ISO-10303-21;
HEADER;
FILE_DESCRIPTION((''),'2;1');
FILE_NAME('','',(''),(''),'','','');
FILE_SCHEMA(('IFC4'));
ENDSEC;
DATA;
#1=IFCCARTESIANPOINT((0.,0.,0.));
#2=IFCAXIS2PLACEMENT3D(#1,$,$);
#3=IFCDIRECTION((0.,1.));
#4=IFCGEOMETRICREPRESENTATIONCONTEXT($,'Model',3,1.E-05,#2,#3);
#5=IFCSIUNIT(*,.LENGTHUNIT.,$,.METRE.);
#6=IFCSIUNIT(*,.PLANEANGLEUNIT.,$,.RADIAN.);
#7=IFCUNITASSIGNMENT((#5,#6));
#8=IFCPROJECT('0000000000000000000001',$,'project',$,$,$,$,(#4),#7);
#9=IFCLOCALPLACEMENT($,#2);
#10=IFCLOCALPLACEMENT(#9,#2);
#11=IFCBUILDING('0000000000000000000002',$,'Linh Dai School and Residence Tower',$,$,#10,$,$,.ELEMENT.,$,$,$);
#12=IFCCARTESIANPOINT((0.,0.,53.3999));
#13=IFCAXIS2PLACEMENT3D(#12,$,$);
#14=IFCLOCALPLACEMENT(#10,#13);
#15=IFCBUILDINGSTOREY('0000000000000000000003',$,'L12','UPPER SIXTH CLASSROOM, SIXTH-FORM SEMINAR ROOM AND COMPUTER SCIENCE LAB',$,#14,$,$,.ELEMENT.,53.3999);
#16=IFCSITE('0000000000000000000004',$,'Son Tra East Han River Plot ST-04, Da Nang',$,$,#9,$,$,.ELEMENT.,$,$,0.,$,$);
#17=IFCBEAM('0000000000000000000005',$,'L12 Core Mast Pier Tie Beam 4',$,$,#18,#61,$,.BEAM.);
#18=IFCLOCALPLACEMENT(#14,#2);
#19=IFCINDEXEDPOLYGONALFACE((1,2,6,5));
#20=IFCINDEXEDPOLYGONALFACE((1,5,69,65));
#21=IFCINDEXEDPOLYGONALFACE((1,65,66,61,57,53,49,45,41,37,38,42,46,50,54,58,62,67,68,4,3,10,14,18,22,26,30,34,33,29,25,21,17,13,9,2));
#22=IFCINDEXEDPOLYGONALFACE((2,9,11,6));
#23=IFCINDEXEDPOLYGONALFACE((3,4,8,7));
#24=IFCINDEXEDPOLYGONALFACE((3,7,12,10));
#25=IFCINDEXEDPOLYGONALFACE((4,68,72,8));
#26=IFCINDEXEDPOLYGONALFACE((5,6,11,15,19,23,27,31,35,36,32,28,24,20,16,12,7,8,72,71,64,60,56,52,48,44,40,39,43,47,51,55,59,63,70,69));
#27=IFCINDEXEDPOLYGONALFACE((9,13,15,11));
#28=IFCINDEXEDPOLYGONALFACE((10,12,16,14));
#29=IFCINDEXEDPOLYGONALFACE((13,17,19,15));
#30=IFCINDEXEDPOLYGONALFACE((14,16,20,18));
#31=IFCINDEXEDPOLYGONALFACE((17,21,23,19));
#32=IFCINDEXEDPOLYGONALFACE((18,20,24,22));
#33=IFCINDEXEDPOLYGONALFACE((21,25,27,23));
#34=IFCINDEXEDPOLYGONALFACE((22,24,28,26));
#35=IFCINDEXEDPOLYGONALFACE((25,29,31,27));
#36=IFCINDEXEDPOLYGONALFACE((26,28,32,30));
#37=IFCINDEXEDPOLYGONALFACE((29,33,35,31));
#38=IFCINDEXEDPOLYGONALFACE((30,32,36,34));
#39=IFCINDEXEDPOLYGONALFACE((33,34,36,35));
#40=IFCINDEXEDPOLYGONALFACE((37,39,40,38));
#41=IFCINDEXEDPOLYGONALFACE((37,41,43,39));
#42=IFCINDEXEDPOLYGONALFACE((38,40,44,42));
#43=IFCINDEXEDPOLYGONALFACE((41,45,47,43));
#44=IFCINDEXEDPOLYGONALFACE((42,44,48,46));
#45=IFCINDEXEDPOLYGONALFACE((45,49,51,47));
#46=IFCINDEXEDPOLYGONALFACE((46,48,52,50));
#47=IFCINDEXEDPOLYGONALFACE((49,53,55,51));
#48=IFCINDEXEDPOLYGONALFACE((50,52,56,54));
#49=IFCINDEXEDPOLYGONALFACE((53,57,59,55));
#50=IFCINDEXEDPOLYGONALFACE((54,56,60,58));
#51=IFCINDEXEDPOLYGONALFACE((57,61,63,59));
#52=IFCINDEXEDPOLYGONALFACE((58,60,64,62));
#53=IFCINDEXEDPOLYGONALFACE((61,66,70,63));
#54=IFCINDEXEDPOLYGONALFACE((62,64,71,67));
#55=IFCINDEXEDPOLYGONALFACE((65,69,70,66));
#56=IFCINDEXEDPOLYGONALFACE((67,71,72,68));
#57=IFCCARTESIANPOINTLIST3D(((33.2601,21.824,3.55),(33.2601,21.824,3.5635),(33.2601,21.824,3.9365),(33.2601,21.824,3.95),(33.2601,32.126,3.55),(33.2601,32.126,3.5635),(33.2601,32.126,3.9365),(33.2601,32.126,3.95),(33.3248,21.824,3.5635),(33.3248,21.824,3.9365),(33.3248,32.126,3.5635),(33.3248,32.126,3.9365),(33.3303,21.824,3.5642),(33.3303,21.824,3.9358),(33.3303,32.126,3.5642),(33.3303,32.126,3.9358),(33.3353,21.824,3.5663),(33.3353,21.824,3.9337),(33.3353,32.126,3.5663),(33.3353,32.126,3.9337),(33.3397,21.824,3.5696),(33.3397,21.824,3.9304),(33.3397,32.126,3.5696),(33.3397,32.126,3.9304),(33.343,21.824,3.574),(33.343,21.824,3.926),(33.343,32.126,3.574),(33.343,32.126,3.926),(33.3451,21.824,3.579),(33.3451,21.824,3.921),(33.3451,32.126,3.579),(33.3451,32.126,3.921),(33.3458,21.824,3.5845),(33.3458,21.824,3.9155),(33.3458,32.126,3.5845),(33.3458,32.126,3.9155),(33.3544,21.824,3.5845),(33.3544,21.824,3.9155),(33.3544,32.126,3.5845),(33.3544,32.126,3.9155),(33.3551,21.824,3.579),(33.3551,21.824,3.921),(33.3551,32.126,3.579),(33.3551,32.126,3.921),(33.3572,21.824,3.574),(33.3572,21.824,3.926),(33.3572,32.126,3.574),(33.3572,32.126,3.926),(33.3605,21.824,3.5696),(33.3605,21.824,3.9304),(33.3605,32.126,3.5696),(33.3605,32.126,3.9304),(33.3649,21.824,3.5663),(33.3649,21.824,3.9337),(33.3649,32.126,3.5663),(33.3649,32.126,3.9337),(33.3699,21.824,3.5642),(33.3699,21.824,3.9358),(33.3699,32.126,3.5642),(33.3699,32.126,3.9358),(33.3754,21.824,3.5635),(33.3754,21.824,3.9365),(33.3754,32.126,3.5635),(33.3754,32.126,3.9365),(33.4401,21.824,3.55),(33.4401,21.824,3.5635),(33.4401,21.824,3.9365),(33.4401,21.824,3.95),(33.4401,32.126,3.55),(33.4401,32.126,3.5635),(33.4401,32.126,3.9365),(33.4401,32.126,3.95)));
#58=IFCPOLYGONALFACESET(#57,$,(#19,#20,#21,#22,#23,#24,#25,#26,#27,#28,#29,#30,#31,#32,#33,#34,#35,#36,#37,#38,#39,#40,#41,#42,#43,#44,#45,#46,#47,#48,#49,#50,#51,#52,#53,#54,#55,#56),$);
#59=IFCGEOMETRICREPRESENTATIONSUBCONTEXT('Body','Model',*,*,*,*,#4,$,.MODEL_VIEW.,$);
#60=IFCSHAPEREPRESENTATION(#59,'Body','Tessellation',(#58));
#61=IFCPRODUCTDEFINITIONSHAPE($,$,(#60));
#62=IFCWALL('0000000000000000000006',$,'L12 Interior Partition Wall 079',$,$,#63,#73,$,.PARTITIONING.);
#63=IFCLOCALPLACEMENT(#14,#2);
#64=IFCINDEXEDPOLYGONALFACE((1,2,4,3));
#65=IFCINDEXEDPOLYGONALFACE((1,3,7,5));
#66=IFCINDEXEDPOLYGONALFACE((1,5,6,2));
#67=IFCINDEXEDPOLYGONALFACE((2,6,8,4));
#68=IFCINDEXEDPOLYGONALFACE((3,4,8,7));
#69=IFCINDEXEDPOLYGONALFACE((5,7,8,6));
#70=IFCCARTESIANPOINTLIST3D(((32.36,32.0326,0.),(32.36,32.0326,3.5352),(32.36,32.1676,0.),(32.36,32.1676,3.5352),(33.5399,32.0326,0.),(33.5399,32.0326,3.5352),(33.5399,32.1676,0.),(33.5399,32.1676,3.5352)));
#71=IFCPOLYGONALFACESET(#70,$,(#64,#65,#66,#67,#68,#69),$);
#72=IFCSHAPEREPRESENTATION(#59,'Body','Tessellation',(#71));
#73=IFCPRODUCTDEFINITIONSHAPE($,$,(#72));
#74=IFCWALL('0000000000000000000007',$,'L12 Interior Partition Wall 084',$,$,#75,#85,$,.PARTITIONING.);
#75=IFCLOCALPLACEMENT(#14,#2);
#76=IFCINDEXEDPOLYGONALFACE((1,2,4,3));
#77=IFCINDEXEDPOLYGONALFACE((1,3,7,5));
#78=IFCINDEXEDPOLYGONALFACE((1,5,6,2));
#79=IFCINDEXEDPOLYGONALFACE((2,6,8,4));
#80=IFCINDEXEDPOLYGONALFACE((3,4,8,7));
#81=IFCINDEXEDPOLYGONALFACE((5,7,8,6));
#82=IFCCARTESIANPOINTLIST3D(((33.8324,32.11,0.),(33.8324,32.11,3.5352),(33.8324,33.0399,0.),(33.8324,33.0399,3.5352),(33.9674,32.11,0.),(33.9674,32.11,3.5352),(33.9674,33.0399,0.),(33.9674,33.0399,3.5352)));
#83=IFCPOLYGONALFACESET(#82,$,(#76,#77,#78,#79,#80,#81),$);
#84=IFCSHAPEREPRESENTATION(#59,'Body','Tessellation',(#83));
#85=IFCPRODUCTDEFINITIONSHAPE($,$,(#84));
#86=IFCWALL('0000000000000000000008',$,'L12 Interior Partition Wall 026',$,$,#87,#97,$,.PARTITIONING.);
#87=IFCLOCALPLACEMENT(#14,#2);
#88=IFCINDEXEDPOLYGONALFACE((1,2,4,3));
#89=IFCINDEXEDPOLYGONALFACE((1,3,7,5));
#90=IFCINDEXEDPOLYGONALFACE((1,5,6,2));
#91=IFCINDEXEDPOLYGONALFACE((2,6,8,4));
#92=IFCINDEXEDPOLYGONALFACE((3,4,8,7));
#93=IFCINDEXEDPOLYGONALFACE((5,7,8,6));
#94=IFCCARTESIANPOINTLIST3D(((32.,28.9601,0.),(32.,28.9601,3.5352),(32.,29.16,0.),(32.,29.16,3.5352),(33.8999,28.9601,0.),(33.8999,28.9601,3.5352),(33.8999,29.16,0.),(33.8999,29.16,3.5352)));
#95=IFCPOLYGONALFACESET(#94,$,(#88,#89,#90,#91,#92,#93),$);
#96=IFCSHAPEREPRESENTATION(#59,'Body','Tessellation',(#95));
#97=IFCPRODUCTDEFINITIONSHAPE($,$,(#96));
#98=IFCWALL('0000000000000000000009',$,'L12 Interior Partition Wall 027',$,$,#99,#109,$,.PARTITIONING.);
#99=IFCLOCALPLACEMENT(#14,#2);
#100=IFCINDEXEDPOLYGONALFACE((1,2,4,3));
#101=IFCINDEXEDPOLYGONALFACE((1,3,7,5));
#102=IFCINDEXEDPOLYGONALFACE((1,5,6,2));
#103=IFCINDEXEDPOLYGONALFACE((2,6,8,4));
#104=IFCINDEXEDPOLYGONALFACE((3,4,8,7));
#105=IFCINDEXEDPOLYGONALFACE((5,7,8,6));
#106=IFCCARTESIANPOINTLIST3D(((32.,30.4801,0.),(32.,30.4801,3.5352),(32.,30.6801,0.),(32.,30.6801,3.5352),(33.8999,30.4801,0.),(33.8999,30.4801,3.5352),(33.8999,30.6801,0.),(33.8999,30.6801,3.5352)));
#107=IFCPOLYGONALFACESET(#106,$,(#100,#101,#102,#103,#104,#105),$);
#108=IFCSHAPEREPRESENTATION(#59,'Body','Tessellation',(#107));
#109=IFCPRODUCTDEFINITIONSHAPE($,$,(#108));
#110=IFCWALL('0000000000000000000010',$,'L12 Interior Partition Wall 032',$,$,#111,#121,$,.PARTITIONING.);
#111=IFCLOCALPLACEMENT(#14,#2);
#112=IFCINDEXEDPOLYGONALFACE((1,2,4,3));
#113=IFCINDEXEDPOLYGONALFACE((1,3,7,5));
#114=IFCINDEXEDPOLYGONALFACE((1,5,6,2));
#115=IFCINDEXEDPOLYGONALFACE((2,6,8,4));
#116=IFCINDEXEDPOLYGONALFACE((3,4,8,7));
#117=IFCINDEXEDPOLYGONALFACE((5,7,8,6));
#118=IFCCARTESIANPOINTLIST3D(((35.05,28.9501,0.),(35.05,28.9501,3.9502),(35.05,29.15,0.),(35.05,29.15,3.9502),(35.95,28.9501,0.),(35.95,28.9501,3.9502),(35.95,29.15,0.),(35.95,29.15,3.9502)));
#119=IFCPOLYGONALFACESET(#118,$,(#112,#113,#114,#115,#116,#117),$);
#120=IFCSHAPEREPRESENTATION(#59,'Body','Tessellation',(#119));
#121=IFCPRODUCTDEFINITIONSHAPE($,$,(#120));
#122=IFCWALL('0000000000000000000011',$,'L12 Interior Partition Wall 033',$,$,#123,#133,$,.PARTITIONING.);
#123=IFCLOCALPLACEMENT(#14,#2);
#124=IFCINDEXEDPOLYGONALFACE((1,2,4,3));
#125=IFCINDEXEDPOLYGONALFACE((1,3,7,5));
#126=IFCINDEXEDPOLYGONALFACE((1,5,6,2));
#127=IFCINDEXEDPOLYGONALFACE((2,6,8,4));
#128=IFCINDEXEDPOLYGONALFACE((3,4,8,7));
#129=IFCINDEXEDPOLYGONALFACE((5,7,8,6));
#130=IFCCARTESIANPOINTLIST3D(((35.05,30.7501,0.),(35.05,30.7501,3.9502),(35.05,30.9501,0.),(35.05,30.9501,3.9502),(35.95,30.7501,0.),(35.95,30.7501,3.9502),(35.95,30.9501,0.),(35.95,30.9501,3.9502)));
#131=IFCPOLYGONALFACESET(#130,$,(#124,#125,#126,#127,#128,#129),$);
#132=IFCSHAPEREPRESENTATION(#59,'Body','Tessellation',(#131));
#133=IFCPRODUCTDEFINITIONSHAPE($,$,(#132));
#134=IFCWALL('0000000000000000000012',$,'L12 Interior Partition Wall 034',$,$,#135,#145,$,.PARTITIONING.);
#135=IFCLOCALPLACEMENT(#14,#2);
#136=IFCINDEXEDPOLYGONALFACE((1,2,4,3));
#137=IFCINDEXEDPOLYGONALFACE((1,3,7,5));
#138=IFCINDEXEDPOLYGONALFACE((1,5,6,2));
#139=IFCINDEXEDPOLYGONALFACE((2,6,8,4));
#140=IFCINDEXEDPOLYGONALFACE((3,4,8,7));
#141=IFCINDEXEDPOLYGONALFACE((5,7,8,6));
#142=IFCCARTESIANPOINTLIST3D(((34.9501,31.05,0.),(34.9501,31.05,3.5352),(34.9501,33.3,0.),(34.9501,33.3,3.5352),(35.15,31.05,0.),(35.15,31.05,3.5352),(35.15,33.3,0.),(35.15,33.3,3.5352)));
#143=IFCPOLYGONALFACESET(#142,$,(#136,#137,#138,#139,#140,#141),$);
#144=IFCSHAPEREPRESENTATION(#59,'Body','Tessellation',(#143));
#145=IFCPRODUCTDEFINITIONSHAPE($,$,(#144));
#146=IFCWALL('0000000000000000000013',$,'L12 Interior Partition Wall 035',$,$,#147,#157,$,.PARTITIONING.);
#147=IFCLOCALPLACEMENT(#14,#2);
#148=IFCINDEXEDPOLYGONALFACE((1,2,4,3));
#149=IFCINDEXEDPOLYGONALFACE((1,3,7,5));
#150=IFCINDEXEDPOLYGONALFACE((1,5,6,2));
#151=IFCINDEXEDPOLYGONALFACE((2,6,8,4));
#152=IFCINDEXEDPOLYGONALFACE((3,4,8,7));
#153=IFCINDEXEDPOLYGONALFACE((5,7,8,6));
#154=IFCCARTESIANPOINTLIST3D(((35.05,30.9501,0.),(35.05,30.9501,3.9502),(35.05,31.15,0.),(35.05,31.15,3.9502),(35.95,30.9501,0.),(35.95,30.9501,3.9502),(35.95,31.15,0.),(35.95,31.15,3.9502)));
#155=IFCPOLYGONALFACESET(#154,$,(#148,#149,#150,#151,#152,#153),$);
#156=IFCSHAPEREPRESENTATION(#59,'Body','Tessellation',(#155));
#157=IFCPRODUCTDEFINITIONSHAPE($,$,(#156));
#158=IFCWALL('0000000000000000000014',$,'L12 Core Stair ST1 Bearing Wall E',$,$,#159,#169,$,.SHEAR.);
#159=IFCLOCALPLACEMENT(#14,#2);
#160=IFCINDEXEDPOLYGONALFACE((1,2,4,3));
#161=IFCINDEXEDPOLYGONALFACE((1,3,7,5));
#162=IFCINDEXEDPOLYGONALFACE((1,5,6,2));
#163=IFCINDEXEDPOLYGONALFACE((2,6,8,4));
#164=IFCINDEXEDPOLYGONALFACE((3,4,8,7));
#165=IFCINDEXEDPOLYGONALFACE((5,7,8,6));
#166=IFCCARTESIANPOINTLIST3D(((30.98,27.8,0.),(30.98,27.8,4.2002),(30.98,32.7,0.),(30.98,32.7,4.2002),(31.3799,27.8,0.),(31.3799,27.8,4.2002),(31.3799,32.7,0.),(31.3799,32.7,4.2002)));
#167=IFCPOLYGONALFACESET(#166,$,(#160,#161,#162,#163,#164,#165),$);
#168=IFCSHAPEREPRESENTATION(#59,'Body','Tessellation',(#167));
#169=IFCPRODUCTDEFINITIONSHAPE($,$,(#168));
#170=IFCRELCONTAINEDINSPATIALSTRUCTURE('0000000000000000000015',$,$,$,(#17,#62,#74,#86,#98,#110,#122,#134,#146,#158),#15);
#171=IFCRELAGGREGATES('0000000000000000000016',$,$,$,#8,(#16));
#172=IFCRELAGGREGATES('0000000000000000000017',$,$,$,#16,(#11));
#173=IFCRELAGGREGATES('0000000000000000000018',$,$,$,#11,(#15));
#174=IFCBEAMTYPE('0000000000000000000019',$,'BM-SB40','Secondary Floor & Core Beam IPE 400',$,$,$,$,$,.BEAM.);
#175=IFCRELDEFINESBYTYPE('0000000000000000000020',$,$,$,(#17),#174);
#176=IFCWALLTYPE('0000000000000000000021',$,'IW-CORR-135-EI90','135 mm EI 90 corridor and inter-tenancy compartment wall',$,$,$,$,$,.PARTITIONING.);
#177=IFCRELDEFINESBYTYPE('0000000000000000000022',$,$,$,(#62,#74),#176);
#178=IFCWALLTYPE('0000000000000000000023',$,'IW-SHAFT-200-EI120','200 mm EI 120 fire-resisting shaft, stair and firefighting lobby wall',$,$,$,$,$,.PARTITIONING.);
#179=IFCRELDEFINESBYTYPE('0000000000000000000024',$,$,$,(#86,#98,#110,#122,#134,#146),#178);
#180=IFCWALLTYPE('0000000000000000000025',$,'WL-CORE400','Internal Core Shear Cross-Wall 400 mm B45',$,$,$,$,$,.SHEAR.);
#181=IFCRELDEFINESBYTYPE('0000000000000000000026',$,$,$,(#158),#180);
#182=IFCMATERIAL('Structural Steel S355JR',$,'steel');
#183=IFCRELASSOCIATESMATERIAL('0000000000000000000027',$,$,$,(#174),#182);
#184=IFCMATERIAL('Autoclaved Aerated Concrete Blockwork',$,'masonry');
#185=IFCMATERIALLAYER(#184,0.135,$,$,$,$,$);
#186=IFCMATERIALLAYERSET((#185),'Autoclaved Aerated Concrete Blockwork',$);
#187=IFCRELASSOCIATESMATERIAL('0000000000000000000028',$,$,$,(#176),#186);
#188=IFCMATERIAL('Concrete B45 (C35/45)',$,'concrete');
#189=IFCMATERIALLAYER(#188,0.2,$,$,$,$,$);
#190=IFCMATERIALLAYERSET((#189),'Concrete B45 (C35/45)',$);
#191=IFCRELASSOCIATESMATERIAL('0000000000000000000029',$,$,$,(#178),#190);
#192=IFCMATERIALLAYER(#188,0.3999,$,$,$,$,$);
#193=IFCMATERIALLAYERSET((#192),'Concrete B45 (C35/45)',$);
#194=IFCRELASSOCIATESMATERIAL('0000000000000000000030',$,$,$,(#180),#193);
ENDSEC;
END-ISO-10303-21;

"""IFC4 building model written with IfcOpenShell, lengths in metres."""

from ifc_helpers import new_model, si_unit, direction, frame, frame_2d, origin, origin_2d, place, context, subcontext, project, spatial, rectangle, i_section, extrude, material, layer, layer_set, material_profile, profile_set, type_object, element, save


model = new_model("IFC4")

# Units and contexts
model_context = context("Model", 3, precision=1e-05, world=origin(), true_north=direction((0.0, 1.0)))
body_context = subcontext(model_context, "Body", "Model", "MODEL_VIEW")
ifc_project = project(units=[si_unit("LENGTHUNIT", "METRE"), si_unit("PLANEANGLEUNIT", "RADIAN")], contexts=[model_context])

# Site, building, storey
site_placement = place(None, origin())
site = spatial("IfcSite", under=ifc_project, at=site_placement, Name="Son Tra East Han River Plot ST-04, Da Nang", CompositionType="ELEMENT", RefElevation=0.0)
building_placement = place(site_placement, origin())
building = spatial("IfcBuilding", under=site, at=building_placement, Name="Linh Dai School and Residence Tower", CompositionType="ELEMENT")
storey_placement = place(building_placement, frame((0.0, 0.0, 53.3999)))
storey = spatial("IfcBuildingStorey", under=building, at=storey_placement, Name="L12", Description="UPPER SIXTH CLASSROOM, SIXTH-FORM SEMINAR ROOM AND COMPUTER SCIENCE LAB", CompositionType="ELEMENT", Elevation=53.3999)

# Shared definitions
ifc_material_1 = material(Name="Structural Steel S355JR", Category="steel")

# Beam
ifc_material_profile_1 = material_profile(ifc_material_1, i_section(OverallWidth=0.1799, OverallDepth=0.3999, WebThickness=0.0085, FlangeThickness=0.0134, FilletRadius=0.021, at=origin_2d()), Name="IPE 400")
ifc_profile_set_1 = profile_set([ifc_material_profile_1], Name="Structural Steel S355JR")
beam_type_1 = type_object("IfcBeamType", Name="BM-SB40", Description="Secondary Floor & Core Beam IPE 400", PredefinedType="BEAM", material=ifc_profile_set_1)
beam_1_placement = place(storey_placement, frame((33.3501, 32.126, 3.75), z_axis=(0.0, -1.0, 0.0), x_axis=(1.0, 0.0, 0.0)))
element("IfcBeam", 1, at=beam_1_placement, inside=storey, type_object=beam_type_1, Name="L12 Core Mast Pier Tie Beam 4", PredefinedType="BEAM", context=body_context, shape_type="SweptSolid", body=[
    extrude(i_section(OverallWidth=0.1799, OverallDepth=0.3999, WebThickness=0.0085, FlangeThickness=0.0134, FilletRadius=0.021, at=origin_2d()), origin(), (0.0, 0.0, 1.0), 10.302),
])

# Walls
ifc_material_2 = material(Name="Autoclaved Aerated Concrete Blockwork", Category="masonry")
ifc_layer_1 = layer(ifc_material_2, 0.135)
ifc_layer_set_1 = layer_set([ifc_layer_1], Name="Autoclaved Aerated Concrete Blockwork")
wall_type_1 = type_object("IfcWallType", Name="IW-CORR-135-EI90", Description="135 mm EI 90 corridor and inter-tenancy compartment wall", PredefinedType="PARTITIONING", material=ifc_layer_set_1)
wall_1_placement = place(storey_placement, frame((32.3601, 32.1001, 0.0), z_axis=(0.0, 0.0, 1.0), x_axis=(1.0, 0.0, 0.0)))
element("IfcWall", 2, at=wall_1_placement, inside=storey, type_object=wall_type_1, Name="L12 Interior Partition Wall 079", PredefinedType="PARTITIONING", context=body_context, shape_type="SweptSolid", body=[
    extrude(rectangle(XDim=1.1799, YDim=0.135, at=frame_2d((0.5898, 0.0))), origin(), (0.0, 0.0, 1.0), 3.5352),
])
wall_2_placement = place(storey_placement, frame((33.8999, 32.1101, 0.0), z_axis=(0.0, 0.0, 1.0), x_axis=(0.0, 1.0, 0.0)))
element("IfcWall", 3, at=wall_2_placement, inside=storey, type_object=wall_type_1, Name="L12 Interior Partition Wall 084", PredefinedType="PARTITIONING", context=body_context, shape_type="SweptSolid", body=[
    extrude(rectangle(XDim=0.9299, YDim=0.135, at=frame_2d((0.4648, 0.0))), origin(), (0.0, 0.0, 1.0), 3.5352),
])

# Shared definitions
ifc_material_3 = material(Name="Concrete B45 (C35/45)", Category="concrete")
ifc_layer_2 = layer(ifc_material_3, 0.2)
ifc_layer_set_2 = layer_set([ifc_layer_2], Name="Concrete B45 (C35/45)")
wall_type_2 = type_object("IfcWallType", Name="IW-SHAFT-200-EI120", Description="200 mm EI 120 fire-resisting shaft, stair and firefighting lobby wall", PredefinedType="PARTITIONING", material=ifc_layer_set_2)

# Walls
for number, where, z_axis, x_axis, name in (
    (4, (32.0, 29.0601, 0.0), (0.0, 0.0, 1.0), (1.0, 0.0, 0.0), "L12 Interior Partition Wall 026"),
    (5, (32.0, 30.5801, 0.0), (0.0, 0.0, 1.0), (1.0, 0.0, 0.0), "L12 Interior Partition Wall 027"),
):
    element("IfcWall", number, at=place(storey_placement, frame(where, z_axis=z_axis, x_axis=x_axis)), inside=storey, type_object=wall_type_2, Name=name, PredefinedType="PARTITIONING", context=body_context, shape_type="SweptSolid", body=[
        extrude(rectangle(XDim=1.8999, YDim=0.2, at=frame_2d((0.95, 0.0))), origin(), (0.0, 0.0, 1.0), 3.5352),
    ])
for number, where, z_axis, x_axis, name in (
    (6, (35.05, 29.05, 0.0), (0.0, 0.0, 1.0), (1.0, 0.0, 0.0), "L12 Interior Partition Wall 032"),
    (7, (35.05, 30.8501, 0.0), (0.0, 0.0, 1.0), (1.0, 0.0, 0.0), "L12 Interior Partition Wall 033"),
):
    element("IfcWall", number, at=place(storey_placement, frame(where, z_axis=z_axis, x_axis=x_axis)), inside=storey, type_object=wall_type_2, Name=name, PredefinedType="PARTITIONING", context=body_context, shape_type="SweptSolid", body=[
        extrude(rectangle(XDim=0.8999, YDim=0.2, at=frame_2d((0.45, 0.0))), origin(), (0.0, 0.0, 1.0), 3.9502),
    ])
wall_3_placement = place(storey_placement, frame((35.05, 31.05, 0.0), z_axis=(0.0, 0.0, 1.0), x_axis=(0.0, 1.0, 0.0)))
element("IfcWall", 8, at=wall_3_placement, inside=storey, type_object=wall_type_2, Name="L12 Interior Partition Wall 034", PredefinedType="PARTITIONING", context=body_context, shape_type="SweptSolid", body=[
    extrude(rectangle(XDim=2.25, YDim=0.2, at=frame_2d((1.125, 0.0))), origin(), (0.0, 0.0, 1.0), 3.5352),
])
wall_4_placement = place(storey_placement, frame((35.05, 31.05, 0.0), z_axis=(0.0, 0.0, 1.0), x_axis=(1.0, 0.0, 0.0)))
element("IfcWall", 9, at=wall_4_placement, inside=storey, type_object=wall_type_2, Name="L12 Interior Partition Wall 035", PredefinedType="PARTITIONING", context=body_context, shape_type="SweptSolid", body=[
    extrude(rectangle(XDim=0.8999, YDim=0.2, at=frame_2d((0.45, 0.0))), origin(), (0.0, 0.0, 1.0), 3.9502),
])

# Wall
ifc_layer_3 = layer(ifc_material_3, 0.3999)
ifc_layer_set_3 = layer_set([ifc_layer_3], Name="Concrete B45 (C35/45)")
wall_type_3 = type_object("IfcWallType", Name="WL-CORE400", Description="Internal Core Shear Cross-Wall 400 mm B45", PredefinedType="SHEAR", material=ifc_layer_set_3)
wall_5_placement = place(storey_placement, frame((31.1799, 27.8, 0.0), z_axis=(0.0, 0.0, 1.0), x_axis=(0.0, 1.0, 0.0)))
element("IfcWall", 10, at=wall_5_placement, inside=storey, type_object=wall_type_3, Name="L12 Core Stair ST1 Bearing Wall E", PredefinedType="SHEAR", context=body_context, shape_type="SweptSolid", body=[
    extrude(rectangle(XDim=4.8999, YDim=0.3999, at=frame_2d((2.45, 0.0))), origin(), (0.0, 0.0, 1.0), 4.2002),
])

save(model, "model.ifc")
